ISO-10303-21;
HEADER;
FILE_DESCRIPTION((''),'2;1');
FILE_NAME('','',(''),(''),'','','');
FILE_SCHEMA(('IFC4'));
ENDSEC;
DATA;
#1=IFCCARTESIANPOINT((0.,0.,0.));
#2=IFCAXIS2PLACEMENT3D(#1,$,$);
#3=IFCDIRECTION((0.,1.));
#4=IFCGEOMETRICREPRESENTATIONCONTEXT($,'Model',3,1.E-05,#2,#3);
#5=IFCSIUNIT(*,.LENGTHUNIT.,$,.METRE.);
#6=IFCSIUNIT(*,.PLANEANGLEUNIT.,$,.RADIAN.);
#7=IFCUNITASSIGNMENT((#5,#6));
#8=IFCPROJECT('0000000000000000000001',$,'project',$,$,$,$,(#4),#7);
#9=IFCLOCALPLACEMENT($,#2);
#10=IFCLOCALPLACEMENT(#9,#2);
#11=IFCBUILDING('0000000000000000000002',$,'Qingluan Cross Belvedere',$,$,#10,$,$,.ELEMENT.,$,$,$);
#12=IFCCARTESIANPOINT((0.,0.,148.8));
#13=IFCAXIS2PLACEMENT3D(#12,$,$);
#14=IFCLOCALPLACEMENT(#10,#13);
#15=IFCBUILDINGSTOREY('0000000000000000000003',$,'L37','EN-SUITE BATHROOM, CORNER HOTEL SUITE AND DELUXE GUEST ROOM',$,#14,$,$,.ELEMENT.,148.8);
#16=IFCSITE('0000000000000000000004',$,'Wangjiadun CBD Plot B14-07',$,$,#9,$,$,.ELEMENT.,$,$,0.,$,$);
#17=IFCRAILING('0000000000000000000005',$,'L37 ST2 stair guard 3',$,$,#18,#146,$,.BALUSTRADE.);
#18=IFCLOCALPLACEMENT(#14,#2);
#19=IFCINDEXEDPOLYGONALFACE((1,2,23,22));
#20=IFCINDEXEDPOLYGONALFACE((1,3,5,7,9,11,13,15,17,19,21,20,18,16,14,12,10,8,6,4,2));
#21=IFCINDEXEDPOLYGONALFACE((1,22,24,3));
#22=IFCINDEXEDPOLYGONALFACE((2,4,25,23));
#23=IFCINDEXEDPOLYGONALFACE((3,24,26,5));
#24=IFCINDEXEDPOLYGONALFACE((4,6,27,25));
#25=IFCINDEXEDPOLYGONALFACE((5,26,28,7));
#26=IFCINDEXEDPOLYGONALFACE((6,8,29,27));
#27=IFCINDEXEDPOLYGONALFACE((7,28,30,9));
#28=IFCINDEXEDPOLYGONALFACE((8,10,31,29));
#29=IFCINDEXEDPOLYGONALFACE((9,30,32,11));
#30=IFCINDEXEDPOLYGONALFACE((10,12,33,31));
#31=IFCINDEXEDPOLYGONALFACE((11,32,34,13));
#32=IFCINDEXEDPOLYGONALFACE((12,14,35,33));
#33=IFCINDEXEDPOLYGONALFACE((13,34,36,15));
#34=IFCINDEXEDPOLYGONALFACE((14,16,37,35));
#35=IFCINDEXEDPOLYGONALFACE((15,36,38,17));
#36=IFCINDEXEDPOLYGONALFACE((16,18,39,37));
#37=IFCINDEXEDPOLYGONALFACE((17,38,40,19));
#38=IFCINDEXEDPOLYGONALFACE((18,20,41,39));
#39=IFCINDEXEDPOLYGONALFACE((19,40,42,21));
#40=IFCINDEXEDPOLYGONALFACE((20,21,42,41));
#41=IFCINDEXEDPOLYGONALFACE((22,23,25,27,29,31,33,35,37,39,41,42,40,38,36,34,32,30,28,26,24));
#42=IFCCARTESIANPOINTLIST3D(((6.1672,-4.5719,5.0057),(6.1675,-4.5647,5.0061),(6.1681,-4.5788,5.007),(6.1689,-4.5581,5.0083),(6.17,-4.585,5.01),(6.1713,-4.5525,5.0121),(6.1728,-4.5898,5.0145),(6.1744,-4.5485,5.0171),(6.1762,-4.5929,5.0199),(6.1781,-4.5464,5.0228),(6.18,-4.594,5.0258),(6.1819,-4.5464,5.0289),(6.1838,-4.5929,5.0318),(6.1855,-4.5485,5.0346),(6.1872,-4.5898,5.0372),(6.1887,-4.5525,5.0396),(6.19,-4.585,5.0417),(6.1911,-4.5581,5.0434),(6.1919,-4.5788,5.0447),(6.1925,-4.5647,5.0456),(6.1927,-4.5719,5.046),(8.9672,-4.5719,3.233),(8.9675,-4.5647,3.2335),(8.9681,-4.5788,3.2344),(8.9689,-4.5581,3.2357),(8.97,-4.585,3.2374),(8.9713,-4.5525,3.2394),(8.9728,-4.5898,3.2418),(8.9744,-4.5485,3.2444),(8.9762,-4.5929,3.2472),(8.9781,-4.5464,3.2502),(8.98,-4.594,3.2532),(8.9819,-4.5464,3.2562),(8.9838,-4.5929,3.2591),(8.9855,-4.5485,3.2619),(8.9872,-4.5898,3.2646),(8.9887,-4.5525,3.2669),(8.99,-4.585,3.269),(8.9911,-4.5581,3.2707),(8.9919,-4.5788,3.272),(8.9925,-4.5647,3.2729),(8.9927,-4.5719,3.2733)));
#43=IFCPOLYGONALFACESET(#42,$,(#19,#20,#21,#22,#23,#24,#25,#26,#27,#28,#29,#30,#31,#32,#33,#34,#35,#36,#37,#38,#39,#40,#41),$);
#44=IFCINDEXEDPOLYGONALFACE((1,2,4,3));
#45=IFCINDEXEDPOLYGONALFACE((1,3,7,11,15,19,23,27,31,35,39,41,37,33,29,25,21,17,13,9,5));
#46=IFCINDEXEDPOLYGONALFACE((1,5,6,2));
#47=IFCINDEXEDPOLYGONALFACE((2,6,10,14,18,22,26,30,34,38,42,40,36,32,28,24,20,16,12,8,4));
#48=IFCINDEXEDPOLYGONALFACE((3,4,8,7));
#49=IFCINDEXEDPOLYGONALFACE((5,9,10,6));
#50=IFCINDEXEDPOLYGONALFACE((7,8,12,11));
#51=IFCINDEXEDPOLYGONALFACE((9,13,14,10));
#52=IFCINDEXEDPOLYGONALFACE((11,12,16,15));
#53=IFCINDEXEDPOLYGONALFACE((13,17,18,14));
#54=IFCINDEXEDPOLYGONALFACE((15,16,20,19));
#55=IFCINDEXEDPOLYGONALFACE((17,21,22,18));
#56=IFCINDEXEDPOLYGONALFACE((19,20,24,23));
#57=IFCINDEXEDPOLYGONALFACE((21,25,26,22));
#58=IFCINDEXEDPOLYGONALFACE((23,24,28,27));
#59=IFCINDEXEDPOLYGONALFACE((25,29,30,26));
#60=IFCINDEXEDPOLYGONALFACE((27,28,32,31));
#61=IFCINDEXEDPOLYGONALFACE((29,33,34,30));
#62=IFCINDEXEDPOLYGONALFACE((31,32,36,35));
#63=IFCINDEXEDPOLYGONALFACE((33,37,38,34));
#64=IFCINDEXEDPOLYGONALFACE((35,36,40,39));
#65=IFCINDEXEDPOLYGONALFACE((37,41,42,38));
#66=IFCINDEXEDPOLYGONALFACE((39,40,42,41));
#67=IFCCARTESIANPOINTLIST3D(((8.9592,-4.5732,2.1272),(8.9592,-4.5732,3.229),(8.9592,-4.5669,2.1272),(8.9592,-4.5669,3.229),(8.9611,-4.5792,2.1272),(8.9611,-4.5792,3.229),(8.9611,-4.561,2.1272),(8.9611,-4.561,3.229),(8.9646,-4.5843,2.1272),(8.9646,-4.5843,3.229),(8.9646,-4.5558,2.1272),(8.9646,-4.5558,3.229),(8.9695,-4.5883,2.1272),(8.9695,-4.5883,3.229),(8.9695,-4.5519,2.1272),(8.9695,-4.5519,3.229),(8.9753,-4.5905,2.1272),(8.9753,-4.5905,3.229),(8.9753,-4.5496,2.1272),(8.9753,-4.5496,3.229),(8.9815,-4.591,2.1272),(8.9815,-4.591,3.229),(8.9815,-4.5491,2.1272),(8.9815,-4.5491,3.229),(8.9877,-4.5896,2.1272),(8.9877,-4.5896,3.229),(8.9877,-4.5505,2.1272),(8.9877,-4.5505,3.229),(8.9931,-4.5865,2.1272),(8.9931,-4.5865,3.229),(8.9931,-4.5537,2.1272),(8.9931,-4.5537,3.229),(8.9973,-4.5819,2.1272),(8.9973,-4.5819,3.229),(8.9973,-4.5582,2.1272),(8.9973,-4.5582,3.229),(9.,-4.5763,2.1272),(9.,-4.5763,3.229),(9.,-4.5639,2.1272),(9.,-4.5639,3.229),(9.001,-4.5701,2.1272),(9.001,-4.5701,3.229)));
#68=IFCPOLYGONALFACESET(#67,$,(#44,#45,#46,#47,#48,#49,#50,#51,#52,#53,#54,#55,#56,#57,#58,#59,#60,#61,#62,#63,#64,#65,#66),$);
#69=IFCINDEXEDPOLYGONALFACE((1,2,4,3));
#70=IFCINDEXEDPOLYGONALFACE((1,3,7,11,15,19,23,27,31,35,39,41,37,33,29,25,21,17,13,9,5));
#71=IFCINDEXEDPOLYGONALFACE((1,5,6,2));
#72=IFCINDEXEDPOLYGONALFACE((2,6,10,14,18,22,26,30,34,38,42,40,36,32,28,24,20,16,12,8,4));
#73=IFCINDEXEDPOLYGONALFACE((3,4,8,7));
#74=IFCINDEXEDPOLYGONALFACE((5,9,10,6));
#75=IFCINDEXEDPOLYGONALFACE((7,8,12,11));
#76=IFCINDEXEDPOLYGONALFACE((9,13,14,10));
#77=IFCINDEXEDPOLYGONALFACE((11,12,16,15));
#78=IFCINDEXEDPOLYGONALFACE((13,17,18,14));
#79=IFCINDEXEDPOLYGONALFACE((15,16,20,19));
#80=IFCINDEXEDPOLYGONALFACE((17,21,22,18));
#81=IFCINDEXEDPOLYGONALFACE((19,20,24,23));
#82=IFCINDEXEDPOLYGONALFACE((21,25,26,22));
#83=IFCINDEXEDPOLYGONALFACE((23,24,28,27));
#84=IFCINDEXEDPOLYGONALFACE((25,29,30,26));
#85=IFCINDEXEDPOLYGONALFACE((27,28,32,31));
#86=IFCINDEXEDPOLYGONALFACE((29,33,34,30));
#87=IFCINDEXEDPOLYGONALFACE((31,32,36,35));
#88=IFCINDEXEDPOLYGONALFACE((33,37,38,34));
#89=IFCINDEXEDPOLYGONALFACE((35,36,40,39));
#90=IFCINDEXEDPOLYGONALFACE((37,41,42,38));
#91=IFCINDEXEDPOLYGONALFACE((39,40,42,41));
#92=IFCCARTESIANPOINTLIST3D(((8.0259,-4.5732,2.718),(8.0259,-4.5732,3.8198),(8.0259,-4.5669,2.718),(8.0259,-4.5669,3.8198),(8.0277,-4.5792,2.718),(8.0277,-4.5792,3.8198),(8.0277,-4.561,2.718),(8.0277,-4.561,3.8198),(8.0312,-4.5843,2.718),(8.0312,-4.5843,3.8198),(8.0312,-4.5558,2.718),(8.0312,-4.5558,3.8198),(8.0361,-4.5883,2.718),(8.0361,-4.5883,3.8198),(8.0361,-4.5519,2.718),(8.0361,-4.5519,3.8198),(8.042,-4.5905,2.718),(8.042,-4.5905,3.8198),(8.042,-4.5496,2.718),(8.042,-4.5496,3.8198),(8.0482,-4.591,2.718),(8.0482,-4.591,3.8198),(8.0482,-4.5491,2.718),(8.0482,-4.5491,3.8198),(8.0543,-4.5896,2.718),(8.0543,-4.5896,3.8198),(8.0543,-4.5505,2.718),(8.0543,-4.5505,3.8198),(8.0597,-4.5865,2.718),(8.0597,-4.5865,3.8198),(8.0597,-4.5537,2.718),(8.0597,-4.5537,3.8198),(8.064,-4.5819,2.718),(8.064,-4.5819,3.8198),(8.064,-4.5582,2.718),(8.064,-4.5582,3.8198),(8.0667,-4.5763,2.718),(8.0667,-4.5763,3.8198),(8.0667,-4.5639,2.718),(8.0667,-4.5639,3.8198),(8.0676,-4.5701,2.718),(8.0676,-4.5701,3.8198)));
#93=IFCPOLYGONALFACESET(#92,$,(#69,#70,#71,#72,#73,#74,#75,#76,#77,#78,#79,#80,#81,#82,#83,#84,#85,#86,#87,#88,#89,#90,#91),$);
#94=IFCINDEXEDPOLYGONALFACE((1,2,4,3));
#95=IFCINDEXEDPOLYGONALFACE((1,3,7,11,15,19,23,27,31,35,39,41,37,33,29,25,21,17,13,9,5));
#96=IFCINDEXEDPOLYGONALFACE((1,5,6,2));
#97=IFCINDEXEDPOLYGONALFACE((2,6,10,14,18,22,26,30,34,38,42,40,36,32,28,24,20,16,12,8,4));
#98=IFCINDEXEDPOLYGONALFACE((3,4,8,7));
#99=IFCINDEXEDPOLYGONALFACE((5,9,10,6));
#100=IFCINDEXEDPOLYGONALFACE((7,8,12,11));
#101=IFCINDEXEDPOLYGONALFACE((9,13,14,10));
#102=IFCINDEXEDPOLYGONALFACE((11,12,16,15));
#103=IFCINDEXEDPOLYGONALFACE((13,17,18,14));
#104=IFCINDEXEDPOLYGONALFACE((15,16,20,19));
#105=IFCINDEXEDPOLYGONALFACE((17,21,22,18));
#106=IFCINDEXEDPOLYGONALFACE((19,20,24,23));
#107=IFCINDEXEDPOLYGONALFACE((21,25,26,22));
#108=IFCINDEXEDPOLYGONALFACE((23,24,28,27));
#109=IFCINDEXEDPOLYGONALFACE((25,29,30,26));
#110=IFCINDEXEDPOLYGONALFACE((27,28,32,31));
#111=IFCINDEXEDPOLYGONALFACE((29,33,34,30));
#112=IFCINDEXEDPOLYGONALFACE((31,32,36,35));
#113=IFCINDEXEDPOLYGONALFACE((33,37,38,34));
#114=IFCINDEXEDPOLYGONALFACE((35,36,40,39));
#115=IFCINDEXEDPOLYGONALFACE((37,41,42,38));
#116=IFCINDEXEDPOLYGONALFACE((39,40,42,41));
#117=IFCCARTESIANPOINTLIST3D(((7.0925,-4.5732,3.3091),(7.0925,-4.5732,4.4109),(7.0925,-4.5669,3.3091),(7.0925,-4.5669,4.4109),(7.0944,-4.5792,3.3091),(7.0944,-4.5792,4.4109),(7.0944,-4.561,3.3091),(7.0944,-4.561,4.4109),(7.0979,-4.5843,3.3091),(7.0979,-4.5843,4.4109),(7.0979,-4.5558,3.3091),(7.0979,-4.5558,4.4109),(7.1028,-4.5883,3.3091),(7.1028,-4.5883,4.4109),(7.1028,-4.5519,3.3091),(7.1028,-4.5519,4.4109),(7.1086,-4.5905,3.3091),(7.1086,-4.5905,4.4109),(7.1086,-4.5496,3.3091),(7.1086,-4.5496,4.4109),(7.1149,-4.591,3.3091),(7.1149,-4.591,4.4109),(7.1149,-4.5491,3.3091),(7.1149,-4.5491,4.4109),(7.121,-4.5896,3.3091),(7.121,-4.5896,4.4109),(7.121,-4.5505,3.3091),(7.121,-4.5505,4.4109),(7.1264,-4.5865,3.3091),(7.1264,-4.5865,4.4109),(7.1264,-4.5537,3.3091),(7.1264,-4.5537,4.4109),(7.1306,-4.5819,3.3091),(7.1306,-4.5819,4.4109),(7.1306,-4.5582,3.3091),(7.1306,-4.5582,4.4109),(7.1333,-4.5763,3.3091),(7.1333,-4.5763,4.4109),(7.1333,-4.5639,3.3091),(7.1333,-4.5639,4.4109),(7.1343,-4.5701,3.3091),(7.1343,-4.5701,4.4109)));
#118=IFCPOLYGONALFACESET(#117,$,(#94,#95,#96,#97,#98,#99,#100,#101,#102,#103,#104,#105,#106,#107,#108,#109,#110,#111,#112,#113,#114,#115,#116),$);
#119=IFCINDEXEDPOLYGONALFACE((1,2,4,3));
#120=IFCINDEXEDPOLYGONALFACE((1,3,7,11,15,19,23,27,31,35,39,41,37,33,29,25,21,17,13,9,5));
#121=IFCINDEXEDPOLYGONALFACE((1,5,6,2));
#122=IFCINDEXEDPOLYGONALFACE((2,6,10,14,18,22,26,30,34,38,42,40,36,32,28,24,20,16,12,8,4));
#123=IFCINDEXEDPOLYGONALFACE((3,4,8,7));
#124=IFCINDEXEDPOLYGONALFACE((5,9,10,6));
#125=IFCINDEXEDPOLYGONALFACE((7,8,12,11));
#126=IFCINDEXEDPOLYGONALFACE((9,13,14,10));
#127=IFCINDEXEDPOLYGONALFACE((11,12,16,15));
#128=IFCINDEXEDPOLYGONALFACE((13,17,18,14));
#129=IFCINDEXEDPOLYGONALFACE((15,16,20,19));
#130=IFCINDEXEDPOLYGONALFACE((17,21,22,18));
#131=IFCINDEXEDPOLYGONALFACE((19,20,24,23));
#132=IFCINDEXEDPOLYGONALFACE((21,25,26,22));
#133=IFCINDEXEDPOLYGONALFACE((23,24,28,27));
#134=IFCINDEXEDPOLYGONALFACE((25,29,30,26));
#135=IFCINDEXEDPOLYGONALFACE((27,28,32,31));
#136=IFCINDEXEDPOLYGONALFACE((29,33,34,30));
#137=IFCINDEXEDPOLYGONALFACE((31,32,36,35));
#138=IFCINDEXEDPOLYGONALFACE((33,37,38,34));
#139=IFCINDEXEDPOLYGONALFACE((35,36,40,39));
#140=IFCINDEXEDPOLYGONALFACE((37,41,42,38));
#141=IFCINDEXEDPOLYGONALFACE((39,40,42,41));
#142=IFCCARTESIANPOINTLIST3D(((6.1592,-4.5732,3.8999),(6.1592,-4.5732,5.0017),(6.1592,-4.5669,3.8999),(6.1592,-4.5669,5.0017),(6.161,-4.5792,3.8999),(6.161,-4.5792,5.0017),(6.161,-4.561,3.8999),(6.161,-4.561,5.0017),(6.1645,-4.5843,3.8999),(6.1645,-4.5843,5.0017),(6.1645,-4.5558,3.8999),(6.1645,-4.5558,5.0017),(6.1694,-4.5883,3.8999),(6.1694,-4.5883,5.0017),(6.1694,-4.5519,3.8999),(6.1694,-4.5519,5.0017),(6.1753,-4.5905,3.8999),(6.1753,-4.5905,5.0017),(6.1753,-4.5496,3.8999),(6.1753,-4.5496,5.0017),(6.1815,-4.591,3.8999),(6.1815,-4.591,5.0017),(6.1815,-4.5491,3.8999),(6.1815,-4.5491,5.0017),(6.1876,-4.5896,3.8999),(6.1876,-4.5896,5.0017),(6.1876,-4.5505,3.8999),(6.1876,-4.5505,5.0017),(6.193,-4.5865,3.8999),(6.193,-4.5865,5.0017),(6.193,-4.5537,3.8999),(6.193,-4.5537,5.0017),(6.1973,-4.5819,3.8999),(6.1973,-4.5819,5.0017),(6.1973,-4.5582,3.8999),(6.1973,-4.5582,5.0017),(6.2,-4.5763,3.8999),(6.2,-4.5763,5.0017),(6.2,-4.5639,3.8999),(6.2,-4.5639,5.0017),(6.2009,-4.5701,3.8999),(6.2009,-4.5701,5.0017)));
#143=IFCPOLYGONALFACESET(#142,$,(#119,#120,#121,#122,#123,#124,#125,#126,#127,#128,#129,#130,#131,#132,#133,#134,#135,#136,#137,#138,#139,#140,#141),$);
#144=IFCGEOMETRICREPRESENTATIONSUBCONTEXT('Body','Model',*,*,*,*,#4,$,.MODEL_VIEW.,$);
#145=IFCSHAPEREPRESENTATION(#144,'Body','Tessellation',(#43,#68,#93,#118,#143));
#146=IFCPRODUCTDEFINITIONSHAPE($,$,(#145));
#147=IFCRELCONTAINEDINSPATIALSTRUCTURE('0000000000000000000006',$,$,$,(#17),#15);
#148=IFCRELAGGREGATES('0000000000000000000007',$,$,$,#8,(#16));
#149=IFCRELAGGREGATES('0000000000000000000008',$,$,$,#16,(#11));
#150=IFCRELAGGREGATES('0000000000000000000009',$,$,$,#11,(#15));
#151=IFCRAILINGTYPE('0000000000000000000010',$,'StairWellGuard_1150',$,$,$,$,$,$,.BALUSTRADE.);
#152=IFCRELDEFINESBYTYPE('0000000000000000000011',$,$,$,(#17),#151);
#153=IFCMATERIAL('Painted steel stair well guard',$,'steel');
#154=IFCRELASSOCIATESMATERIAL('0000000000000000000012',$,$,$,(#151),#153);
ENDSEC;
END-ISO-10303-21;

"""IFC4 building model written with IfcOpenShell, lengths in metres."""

from ifc_helpers import new_model, si_unit, direction, frame, origin, origin_2d, place, context, subcontext, project, spatial, circle, extrude, material, type_object, element, save


model = new_model("IFC4")

# Units and contexts
model_context = context("Model", 3, precision=1e-05, world=origin(), true_north=direction((0.0, 1.0)))
body_context = subcontext(model_context, "Body", "Model", "MODEL_VIEW")
ifc_project = project(units=[si_unit("LENGTHUNIT", "METRE"), si_unit("PLANEANGLEUNIT", "RADIAN")], contexts=[model_context])

# Site, building, storey
site_placement = place(None, origin())
site = spatial("IfcSite", under=ifc_project, at=site_placement, Name="Wangjiadun CBD Plot B14-07", CompositionType="ELEMENT", RefElevation=0.0)
building_placement = place(site_placement, origin())
building = spatial("IfcBuilding", under=site, at=building_placement, Name="Qingluan Cross Belvedere", CompositionType="ELEMENT")
storey_placement = place(building_placement, frame((0.0, 0.0, 148.8)))
storey = spatial("IfcBuildingStorey", under=building, at=storey_placement, Name="L37", Description="EN-SUITE BATHROOM, CORNER HOTEL SUITE AND DELUXE GUEST ROOM", CompositionType="ELEMENT", Elevation=148.8)

# Railing
ifc_material_1 = material(Name="Painted steel stair well guard", Category="steel")
railing_type_1 = type_object("IfcRailingType", Name="StairWellGuard_1150", PredefinedType="BALUSTRADE", material=ifc_material_1)
railing_1_placement = place(storey_placement, frame((8.98, -4.5701, 2.1272)))
element("IfcRailing", 1, at=railing_1_placement, inside=storey, type_object=railing_type_1, Name="L37 ST2 stair guard 3", PredefinedType="BALUSTRADE", context=body_context, shape_type="SweptSolid", body=[
    extrude(circle(Radius=0.0239, at=origin_2d()), frame((0.0, 0.0, 1.126), z_axis=(-0.844909, 0.0, 0.53491), x_axis=(0.0, -1.0, 0.0)), (0.0, 0.0, 1.0), 3.314),
    extrude(circle(Radius=0.021, at=origin_2d()), origin(), (0.0, 0.0, 1.0), 1.1018),
    extrude(circle(Radius=0.021, at=origin_2d()), frame((-0.9333, 0.0, 0.5908)), (0.0, 0.0, 1.0), 1.1018),
    extrude(circle(Radius=0.021, at=origin_2d()), frame((-1.8667, 0.0, 1.1819)), (0.0, 0.0, 1.0), 1.1018),
    extrude(circle(Radius=0.021, at=origin_2d()), frame((-2.8, 0.0, 1.7727)), (0.0, 0.0, 1.0), 1.1018),
])

save(model, "model.ifc")
